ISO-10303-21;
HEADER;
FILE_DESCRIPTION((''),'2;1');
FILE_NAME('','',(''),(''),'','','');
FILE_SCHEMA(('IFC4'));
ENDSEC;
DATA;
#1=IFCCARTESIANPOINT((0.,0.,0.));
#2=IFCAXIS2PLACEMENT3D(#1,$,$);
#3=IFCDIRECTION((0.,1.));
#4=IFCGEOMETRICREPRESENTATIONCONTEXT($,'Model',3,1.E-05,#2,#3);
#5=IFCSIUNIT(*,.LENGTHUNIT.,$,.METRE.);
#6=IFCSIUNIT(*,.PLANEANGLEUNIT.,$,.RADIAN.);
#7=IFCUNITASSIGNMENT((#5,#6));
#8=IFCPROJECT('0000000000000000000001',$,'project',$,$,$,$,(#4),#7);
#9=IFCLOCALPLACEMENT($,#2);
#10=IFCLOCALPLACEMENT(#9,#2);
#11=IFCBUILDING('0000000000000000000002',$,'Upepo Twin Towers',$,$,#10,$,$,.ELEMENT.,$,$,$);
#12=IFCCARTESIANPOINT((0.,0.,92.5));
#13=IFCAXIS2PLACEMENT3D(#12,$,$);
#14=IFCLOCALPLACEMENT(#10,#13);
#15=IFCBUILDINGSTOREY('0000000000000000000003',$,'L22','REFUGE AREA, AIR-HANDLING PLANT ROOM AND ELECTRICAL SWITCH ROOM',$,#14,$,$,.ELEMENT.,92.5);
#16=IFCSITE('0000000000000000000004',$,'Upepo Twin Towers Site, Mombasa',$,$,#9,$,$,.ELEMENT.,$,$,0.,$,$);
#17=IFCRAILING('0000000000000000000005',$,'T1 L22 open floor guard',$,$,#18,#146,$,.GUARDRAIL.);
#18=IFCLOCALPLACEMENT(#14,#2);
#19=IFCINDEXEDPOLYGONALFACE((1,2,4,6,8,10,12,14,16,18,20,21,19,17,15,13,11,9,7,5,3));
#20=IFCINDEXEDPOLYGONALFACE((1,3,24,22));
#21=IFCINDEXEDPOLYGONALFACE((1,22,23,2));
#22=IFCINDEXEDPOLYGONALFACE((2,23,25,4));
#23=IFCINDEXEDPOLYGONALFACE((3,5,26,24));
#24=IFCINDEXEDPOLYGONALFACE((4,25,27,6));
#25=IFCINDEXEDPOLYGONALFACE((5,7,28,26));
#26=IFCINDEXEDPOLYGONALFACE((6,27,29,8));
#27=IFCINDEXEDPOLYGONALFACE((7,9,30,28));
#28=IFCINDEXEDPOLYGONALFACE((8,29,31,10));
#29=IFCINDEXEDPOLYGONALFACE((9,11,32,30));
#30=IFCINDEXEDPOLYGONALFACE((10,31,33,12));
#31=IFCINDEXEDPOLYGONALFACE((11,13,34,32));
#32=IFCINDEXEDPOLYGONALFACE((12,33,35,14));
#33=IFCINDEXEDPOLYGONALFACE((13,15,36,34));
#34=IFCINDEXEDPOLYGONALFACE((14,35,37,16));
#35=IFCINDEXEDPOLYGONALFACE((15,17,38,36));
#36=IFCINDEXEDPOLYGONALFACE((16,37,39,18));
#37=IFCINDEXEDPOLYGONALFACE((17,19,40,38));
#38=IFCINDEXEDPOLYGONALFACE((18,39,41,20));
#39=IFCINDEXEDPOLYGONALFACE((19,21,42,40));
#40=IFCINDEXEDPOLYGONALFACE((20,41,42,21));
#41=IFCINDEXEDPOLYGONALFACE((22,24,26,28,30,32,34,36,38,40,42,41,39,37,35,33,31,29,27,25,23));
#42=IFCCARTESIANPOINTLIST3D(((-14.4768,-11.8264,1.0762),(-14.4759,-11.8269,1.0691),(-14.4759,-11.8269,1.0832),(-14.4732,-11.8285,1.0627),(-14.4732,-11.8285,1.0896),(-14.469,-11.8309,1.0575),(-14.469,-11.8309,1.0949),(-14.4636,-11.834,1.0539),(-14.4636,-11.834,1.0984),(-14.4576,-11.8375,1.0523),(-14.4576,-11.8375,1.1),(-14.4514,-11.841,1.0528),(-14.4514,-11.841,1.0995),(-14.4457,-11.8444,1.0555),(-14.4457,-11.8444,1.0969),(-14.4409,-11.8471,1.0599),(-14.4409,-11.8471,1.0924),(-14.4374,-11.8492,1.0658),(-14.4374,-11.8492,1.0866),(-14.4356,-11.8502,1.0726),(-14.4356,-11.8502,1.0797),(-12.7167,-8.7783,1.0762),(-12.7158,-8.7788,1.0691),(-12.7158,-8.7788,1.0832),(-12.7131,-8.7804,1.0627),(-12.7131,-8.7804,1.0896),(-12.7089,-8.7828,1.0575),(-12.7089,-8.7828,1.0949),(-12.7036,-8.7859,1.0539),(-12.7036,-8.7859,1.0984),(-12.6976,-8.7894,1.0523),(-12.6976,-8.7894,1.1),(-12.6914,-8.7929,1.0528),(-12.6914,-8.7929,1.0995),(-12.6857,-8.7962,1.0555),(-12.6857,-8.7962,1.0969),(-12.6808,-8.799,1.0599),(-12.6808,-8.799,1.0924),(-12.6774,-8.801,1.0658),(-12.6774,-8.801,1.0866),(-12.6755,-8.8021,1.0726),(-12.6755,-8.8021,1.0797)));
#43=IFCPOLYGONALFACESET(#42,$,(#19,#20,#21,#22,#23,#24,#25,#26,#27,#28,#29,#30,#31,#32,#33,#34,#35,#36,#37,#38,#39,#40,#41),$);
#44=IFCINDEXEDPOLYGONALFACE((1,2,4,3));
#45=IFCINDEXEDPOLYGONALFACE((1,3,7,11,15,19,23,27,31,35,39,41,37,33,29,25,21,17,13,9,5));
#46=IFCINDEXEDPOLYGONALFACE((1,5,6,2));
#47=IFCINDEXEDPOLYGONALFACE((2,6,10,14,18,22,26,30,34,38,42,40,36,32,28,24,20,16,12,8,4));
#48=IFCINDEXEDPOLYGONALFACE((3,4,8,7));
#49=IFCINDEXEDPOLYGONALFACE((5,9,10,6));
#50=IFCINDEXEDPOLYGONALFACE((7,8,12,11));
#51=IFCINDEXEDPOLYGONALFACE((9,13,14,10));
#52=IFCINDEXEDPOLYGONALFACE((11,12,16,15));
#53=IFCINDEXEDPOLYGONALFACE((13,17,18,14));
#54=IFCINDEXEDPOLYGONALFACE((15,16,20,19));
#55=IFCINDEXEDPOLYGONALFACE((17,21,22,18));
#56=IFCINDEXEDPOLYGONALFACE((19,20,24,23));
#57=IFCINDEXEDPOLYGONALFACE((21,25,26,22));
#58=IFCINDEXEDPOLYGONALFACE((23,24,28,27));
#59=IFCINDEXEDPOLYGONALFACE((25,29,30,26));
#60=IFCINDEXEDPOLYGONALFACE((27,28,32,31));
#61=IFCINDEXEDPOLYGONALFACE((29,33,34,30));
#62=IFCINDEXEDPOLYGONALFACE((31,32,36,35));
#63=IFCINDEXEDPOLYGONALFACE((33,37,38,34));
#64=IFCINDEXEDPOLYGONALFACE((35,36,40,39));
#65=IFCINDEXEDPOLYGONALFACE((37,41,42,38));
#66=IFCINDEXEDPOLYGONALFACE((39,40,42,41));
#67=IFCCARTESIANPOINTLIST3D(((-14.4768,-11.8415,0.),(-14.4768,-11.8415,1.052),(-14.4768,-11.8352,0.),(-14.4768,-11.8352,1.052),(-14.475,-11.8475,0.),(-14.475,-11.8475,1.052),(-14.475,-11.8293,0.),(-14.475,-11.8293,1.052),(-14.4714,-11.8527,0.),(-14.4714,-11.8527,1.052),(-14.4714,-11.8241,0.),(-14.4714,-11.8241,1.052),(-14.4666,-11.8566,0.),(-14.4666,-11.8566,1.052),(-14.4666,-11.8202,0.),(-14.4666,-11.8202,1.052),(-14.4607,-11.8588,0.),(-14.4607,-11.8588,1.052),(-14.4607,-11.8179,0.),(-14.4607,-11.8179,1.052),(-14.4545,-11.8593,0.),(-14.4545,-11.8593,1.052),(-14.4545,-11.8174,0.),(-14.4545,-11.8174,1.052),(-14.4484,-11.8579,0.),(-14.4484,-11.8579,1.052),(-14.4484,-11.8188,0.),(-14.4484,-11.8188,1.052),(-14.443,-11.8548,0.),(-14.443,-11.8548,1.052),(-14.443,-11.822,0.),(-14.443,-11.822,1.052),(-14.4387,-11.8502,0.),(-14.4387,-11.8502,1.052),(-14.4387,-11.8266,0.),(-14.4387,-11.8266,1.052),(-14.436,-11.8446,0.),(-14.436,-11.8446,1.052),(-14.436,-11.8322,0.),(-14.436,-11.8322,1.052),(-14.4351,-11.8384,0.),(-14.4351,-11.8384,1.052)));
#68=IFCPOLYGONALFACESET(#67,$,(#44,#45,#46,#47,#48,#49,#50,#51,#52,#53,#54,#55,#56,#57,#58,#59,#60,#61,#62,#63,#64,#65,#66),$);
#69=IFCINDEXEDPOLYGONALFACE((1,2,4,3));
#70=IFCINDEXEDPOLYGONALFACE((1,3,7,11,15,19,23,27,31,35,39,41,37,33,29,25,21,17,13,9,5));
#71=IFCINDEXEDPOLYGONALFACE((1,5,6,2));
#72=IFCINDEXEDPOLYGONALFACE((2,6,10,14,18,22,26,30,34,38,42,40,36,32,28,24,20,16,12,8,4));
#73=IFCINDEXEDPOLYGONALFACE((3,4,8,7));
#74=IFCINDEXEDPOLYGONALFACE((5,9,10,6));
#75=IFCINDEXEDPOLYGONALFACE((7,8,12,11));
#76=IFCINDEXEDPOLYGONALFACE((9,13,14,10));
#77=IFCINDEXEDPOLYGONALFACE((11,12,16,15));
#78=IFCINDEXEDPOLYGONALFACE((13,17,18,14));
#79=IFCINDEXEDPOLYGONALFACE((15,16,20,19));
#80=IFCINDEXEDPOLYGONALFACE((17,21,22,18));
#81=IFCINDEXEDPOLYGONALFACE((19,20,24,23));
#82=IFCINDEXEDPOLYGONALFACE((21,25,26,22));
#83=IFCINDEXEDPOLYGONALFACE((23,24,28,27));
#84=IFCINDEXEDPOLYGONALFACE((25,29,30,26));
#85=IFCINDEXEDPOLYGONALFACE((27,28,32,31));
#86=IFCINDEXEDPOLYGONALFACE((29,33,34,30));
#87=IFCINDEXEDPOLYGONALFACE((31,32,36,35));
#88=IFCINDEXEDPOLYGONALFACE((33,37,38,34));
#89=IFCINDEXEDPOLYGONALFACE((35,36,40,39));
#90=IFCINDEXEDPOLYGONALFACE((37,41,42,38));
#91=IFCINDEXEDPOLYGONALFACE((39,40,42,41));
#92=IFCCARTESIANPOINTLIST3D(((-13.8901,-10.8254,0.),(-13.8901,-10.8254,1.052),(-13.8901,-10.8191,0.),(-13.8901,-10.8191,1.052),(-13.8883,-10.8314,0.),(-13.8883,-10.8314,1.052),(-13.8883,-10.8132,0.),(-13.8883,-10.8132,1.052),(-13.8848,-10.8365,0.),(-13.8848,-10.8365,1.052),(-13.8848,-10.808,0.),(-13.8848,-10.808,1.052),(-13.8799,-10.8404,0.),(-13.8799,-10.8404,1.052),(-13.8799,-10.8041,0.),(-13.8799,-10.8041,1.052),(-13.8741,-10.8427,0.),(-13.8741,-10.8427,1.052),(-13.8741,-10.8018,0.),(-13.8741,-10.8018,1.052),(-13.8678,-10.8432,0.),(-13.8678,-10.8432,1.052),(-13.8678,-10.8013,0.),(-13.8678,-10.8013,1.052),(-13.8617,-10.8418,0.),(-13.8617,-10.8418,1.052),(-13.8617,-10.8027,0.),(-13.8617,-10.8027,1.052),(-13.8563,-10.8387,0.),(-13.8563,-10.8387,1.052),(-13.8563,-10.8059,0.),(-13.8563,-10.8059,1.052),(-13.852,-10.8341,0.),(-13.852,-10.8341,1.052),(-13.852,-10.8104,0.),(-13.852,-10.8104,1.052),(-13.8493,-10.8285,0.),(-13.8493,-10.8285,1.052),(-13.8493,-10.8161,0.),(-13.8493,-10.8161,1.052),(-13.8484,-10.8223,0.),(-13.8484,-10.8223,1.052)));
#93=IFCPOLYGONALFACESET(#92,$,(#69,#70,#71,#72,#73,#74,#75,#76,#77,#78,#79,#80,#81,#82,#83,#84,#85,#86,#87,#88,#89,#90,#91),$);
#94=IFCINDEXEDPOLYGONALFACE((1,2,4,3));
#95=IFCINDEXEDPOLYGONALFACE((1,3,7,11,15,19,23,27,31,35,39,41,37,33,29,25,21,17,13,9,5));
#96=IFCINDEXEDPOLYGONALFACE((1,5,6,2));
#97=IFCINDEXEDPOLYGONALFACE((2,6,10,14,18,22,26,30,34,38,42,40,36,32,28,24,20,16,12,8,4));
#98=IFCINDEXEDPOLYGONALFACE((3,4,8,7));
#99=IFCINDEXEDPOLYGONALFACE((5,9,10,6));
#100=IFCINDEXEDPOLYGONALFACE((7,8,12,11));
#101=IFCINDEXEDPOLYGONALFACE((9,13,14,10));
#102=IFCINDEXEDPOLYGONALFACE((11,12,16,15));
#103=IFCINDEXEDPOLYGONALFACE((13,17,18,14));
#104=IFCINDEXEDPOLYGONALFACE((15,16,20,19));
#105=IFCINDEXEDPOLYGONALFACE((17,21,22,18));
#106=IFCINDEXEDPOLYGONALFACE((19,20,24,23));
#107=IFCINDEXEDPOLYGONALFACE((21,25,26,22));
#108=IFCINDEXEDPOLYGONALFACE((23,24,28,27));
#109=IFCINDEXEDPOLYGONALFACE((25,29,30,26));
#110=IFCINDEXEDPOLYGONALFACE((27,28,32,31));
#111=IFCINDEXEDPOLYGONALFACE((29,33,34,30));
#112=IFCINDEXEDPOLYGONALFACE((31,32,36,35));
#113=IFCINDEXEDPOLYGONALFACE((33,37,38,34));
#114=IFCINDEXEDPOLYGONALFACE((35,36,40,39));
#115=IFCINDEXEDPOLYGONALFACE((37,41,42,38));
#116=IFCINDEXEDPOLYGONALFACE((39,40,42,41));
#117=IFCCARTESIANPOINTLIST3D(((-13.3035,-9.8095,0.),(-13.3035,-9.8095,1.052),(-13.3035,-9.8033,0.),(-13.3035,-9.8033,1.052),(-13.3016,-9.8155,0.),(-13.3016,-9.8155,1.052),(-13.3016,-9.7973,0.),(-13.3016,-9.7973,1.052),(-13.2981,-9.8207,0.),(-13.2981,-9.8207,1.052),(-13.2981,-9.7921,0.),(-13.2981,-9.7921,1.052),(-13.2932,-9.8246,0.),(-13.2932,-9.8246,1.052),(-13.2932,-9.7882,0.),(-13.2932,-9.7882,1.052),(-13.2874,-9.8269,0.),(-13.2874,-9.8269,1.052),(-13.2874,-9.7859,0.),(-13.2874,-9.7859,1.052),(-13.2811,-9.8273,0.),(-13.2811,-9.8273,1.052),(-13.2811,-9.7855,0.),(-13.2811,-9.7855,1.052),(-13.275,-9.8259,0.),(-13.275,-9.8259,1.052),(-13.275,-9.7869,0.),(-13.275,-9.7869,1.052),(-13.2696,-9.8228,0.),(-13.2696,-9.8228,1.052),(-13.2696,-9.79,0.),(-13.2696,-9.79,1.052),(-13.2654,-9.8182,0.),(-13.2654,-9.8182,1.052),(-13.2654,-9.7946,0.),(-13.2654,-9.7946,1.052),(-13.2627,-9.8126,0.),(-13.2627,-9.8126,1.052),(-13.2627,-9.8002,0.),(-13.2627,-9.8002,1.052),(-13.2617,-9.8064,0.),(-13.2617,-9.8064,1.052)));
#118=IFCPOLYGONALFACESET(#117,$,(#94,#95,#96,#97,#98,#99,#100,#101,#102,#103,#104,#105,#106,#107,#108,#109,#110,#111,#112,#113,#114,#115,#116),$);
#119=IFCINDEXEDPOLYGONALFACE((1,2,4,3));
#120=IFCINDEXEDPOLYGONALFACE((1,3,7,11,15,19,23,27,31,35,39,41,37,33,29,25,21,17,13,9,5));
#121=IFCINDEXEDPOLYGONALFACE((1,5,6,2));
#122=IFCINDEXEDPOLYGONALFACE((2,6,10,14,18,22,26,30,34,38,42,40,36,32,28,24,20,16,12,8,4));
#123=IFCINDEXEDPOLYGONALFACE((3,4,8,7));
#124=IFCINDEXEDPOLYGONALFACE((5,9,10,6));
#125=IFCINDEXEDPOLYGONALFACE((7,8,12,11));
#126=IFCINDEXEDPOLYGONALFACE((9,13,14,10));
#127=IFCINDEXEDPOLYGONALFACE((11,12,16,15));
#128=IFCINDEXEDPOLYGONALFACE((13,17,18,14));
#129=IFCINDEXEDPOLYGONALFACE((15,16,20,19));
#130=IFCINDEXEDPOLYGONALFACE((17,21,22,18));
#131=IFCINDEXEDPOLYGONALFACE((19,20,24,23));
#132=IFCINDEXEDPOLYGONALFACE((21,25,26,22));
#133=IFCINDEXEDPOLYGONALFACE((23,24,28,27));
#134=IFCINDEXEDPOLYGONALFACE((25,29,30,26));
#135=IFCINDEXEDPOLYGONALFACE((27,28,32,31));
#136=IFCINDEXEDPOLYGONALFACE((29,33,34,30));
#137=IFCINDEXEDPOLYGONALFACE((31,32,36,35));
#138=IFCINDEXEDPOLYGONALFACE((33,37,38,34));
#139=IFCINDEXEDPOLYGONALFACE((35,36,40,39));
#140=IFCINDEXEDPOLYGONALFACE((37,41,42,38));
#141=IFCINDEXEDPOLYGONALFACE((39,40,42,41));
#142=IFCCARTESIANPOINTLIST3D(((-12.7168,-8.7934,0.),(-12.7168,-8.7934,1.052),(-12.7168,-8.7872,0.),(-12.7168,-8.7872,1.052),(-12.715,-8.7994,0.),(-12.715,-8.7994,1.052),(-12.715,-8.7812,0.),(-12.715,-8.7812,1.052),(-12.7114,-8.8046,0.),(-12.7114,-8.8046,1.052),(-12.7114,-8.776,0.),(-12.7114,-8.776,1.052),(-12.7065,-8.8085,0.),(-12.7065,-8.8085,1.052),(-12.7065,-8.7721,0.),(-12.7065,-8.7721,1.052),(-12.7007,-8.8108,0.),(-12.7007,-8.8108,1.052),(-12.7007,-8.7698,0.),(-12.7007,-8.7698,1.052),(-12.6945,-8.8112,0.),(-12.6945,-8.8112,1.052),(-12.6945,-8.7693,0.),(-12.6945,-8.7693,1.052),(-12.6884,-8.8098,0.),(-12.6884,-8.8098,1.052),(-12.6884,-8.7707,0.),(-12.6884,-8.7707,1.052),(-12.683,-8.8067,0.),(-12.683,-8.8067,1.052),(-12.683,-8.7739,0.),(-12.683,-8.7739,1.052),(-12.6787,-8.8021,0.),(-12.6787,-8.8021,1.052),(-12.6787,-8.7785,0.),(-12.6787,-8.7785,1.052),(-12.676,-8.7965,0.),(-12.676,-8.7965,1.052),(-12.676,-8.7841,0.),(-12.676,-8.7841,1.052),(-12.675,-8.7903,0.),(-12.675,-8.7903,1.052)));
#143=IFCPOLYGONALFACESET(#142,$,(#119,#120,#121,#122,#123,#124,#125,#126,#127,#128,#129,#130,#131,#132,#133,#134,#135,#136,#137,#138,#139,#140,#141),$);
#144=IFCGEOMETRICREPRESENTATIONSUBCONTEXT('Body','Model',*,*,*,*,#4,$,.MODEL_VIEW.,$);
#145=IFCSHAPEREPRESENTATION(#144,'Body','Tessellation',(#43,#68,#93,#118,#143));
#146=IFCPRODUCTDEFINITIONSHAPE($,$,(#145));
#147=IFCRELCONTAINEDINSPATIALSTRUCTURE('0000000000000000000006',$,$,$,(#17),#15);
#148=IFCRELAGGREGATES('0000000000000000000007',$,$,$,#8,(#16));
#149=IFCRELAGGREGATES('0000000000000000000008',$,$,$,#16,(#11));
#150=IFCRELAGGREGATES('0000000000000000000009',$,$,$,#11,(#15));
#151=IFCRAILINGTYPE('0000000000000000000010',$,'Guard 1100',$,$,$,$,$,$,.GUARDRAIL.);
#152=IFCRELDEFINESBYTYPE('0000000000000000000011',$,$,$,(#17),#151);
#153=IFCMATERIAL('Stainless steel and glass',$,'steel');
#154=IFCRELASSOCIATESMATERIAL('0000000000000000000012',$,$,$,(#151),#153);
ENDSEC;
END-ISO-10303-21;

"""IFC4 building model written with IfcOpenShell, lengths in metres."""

from ifc_helpers import new_model, si_unit, direction, frame, origin, origin_2d, place, context, subcontext, project, spatial, circle, extrude, material, type_object, element, save


model = new_model("IFC4")

# Units and contexts
model_context = context("Model", 3, precision=1e-05, world=origin(), true_north=direction((0.0, 1.0)))
body_context = subcontext(model_context, "Body", "Model", "MODEL_VIEW")
ifc_project = project(units=[si_unit("LENGTHUNIT", "METRE"), si_unit("PLANEANGLEUNIT", "RADIAN")], contexts=[model_context])

# Site, building, storey
site_placement = place(None, origin())
site = spatial("IfcSite", under=ifc_project, at=site_placement, Name="Upepo Twin Towers Site, Mombasa", CompositionType="ELEMENT", RefElevation=0.0)
building_placement = place(site_placement, origin())
building = spatial("IfcBuilding", under=site, at=building_placement, Name="Upepo Twin Towers", CompositionType="ELEMENT")
storey_placement = place(building_placement, frame((0.0, 0.0, 92.5)))
storey = spatial("IfcBuildingStorey", under=building, at=storey_placement, Name="L22", Description="REFUGE AREA, AIR-HANDLING PLANT ROOM AND ELECTRICAL SWITCH ROOM", CompositionType="ELEMENT", Elevation=92.5)

# Railing
ifc_material_1 = material(Name="Stainless steel and glass", Category="steel")
railing_type_1 = type_object("IfcRailingType", Name="Guard 1100", PredefinedType="GUARDRAIL", material=ifc_material_1)
railing_1_placement = place(storey_placement, frame((-14.4561, -11.8384, 0.0)))
element("IfcRailing", 1, at=railing_1_placement, inside=storey, type_object=railing_type_1, Name="T1 L22 open floor guard", PredefinedType="GUARDRAIL", context=body_context, shape_type="SweptSolid", body=[
    extrude(circle(Radius=0.0239, at=origin_2d()), frame((0.0, 0.0, 1.0762), z_axis=(0.500041, 0.866002, 0.0), x_axis=(-0.866002, 0.500041, 0.0)), (0.0, 0.0, 1.0), 3.5198),
    extrude(circle(Radius=0.021, at=origin_2d()), origin(), (0.0, 0.0, 1.0), 1.052),
    extrude(circle(Radius=0.021, at=origin_2d()), frame((0.5867, 1.0161, 0.0)), (0.0, 0.0, 1.0), 1.052),
    extrude(circle(Radius=0.021, at=origin_2d()), frame((1.1733, 2.032, 0.0)), (0.0, 0.0, 1.0), 1.052),
    extrude(circle(Radius=0.021, at=origin_2d()), frame((1.76, 3.0481, 0.0)), (0.0, 0.0, 1.0), 1.052),
])

save(model, "model.ifc")
